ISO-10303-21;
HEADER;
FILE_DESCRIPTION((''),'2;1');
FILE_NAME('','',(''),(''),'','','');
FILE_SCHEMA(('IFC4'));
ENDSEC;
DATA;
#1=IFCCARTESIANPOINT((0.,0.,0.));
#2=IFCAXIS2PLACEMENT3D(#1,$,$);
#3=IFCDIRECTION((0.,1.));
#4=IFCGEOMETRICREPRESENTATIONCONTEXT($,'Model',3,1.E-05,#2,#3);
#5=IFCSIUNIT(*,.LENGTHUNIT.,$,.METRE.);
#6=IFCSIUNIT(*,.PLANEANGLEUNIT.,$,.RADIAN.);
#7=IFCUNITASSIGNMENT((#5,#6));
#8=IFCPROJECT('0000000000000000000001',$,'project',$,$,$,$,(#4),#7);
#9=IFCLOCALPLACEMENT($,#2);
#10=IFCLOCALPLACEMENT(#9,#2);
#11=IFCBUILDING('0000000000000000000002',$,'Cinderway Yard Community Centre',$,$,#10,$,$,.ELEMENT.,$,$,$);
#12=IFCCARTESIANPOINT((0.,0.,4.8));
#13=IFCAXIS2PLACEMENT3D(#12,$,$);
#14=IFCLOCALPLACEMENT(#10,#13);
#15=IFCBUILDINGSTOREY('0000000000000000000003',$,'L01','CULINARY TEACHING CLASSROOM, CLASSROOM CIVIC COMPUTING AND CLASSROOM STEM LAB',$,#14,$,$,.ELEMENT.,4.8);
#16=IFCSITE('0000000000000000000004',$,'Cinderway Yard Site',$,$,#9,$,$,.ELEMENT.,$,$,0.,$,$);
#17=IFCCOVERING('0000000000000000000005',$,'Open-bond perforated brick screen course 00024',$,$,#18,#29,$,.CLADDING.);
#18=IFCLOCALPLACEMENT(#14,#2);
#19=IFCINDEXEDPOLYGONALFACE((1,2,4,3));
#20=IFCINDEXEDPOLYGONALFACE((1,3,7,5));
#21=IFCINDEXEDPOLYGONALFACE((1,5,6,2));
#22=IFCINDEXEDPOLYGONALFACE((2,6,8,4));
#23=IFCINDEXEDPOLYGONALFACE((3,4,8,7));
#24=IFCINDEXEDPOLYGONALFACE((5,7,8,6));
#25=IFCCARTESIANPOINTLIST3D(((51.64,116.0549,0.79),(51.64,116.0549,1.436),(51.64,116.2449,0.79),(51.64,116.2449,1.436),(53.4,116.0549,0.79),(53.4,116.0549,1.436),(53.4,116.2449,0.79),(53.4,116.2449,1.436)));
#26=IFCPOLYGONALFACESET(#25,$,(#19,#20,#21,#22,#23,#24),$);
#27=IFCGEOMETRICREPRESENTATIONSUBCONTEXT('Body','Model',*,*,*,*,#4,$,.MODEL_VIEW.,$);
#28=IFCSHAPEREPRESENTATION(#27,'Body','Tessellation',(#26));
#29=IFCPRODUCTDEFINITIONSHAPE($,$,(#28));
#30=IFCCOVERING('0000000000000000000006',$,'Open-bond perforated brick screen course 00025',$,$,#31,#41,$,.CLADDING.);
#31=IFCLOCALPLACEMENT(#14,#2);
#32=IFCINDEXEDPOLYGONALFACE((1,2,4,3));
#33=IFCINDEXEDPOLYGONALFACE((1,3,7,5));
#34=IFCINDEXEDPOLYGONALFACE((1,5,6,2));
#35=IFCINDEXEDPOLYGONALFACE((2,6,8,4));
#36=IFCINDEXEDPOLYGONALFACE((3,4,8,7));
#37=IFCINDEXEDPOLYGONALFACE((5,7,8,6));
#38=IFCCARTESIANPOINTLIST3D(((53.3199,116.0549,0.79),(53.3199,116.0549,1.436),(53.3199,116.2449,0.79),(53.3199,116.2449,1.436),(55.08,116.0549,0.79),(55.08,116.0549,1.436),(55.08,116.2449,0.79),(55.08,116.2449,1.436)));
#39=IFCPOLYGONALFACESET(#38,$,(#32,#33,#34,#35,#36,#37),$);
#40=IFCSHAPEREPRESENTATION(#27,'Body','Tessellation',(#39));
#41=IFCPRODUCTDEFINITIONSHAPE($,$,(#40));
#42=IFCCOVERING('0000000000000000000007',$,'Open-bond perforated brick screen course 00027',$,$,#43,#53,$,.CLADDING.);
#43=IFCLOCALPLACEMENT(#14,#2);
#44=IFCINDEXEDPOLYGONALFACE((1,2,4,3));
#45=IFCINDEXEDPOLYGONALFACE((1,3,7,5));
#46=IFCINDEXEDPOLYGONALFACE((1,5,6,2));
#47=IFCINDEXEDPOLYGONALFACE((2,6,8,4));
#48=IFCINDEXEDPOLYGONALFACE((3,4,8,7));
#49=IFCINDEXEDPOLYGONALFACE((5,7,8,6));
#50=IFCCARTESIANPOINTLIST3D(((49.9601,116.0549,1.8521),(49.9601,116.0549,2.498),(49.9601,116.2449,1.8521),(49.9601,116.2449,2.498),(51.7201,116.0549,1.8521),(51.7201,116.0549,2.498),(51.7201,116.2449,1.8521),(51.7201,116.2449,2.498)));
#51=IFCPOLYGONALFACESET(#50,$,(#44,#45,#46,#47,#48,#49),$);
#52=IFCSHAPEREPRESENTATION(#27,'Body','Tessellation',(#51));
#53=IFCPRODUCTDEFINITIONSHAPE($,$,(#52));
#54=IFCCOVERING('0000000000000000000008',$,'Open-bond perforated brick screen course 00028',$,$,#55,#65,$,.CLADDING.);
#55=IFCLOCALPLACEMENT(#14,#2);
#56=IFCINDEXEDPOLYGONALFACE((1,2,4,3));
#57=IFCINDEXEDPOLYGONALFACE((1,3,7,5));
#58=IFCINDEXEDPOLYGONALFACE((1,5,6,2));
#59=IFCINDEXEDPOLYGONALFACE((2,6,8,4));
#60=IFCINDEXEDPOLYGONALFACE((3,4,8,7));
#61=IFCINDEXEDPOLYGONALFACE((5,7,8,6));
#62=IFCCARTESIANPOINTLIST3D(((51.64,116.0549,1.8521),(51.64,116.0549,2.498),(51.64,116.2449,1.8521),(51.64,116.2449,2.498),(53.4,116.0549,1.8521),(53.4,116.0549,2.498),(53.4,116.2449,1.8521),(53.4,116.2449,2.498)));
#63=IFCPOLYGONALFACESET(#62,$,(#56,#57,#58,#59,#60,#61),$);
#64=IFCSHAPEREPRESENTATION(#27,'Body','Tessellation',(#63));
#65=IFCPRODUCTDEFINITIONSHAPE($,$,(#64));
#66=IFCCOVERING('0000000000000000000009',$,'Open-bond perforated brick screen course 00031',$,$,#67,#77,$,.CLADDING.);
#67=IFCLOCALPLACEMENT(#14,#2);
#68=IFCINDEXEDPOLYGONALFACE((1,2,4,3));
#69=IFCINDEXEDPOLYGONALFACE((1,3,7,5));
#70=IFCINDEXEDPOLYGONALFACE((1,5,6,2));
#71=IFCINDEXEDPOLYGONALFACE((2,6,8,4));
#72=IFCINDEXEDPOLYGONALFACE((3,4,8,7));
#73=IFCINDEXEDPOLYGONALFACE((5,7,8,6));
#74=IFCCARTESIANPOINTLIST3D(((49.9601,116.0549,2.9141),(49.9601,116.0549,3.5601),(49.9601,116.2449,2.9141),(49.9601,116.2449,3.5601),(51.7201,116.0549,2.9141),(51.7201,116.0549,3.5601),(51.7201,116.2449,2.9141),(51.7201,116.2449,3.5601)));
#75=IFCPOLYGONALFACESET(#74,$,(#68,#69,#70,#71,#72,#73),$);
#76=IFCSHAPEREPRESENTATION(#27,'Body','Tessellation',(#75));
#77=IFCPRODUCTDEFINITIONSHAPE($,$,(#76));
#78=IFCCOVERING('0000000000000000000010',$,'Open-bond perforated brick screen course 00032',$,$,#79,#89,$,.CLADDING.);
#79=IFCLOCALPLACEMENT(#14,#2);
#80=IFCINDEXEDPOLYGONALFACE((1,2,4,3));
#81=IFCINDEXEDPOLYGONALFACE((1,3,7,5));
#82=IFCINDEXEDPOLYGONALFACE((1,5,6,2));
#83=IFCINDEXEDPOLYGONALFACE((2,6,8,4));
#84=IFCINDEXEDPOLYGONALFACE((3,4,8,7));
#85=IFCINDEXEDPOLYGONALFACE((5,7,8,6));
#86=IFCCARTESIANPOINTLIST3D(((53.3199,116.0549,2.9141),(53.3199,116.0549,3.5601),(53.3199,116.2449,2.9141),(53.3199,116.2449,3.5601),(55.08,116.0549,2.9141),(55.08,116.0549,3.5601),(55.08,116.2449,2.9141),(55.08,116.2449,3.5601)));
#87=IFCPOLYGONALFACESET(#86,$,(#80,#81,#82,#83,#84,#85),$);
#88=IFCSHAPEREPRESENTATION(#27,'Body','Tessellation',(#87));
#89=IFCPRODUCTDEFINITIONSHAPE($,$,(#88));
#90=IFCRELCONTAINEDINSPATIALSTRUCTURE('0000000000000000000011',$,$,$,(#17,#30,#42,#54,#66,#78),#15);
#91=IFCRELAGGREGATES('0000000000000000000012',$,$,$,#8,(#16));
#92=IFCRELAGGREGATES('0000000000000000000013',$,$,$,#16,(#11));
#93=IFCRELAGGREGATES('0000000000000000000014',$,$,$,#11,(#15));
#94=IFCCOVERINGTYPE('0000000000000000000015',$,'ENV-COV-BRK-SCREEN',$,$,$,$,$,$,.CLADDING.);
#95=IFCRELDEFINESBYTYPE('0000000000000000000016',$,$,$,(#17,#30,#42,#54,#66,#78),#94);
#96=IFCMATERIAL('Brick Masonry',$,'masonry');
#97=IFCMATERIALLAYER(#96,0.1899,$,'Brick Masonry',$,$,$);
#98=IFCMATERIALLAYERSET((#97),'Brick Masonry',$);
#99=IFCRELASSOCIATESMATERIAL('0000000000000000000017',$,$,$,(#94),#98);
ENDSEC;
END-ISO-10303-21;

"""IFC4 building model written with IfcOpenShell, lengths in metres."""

from ifc_helpers import new_model, si_unit, direction, frame, origin, origin_2d, place, context, subcontext, project, spatial, rectangle, extrude, material, layer, layer_set, type_object, element, save


model = new_model("IFC4")

# Units and contexts
model_context = context("Model", 3, precision=1e-05, world=origin(), true_north=direction((0.0, 1.0)))
body_context = subcontext(model_context, "Body", "Model", "MODEL_VIEW")
ifc_project = project(units=[si_unit("LENGTHUNIT", "METRE"), si_unit("PLANEANGLEUNIT", "RADIAN")], contexts=[model_context])

# Site, building, storey
site_placement = place(None, origin())
site = spatial("IfcSite", under=ifc_project, at=site_placement, Name="Cinderway Yard Site", CompositionType="ELEMENT", RefElevation=0.0)
building_placement = place(site_placement, origin())
building = spatial("IfcBuilding", under=site, at=building_placement, Name="Cinderway Yard Community Centre", CompositionType="ELEMENT")
storey_placement = place(building_placement, frame((0.0, 0.0, 4.8)))
storey = spatial("IfcBuildingStorey", under=building, at=storey_placement, Name="L01", Description="CULINARY TEACHING CLASSROOM, CLASSROOM CIVIC COMPUTING AND CLASSROOM STEM LAB", CompositionType="ELEMENT", Elevation=4.8)

# Coverings
ifc_material_1 = material(Name="Brick Masonry", Category="masonry")
ifc_layer_1 = layer(ifc_material_1, 0.1899, Name="Brick Masonry")
ifc_layer_set_1 = layer_set([ifc_layer_1], Name="Brick Masonry")
covering_type = type_object("IfcCoveringType", Name="ENV-COV-BRK-SCREEN", PredefinedType="CLADDING", material=ifc_layer_set_1)
for number, where, z_axis, x_axis, name in (
    (1, (52.52, 116.1499, 0.79), (0.0, 0.0, 1.0), (1.0, 0.0, 0.0), "Open-bond perforated brick screen course 00024"),
    (2, (54.2, 116.1499, 0.79), (0.0, 0.0, 1.0), (1.0, 0.0, 0.0), "Open-bond perforated brick screen course 00025"),
    (3, (50.8401, 116.1499, 1.8521), (0.0, 0.0, 1.0), (1.0, 0.0, 0.0), "Open-bond perforated brick screen course 00027"),
    (4, (52.52, 116.1499, 1.8521), (0.0, 0.0, 1.0), (1.0, 0.0, 0.0), "Open-bond perforated brick screen course 00028"),
    (5, (50.8401, 116.1499, 2.9141), (0.0, 0.0, 1.0), (1.0, 0.0, 0.0), "Open-bond perforated brick screen course 00031"),
    (6, (54.2, 116.1499, 2.9141), (0.0, 0.0, 1.0), (1.0, 0.0, 0.0), "Open-bond perforated brick screen course 00032"),
):
    element("IfcCovering", number, at=place(storey_placement, frame(where, z_axis=z_axis, x_axis=x_axis)), inside=storey, type_object=covering_type, Name=name, PredefinedType="CLADDING", context=body_context, shape_type="SweptSolid", body=[
        extrude(rectangle(XDim=1.76, YDim=0.1899, at=origin_2d()), origin(), (0.0, 0.0, 1.0), 0.646),
    ])

save(model, "model.ifc")
